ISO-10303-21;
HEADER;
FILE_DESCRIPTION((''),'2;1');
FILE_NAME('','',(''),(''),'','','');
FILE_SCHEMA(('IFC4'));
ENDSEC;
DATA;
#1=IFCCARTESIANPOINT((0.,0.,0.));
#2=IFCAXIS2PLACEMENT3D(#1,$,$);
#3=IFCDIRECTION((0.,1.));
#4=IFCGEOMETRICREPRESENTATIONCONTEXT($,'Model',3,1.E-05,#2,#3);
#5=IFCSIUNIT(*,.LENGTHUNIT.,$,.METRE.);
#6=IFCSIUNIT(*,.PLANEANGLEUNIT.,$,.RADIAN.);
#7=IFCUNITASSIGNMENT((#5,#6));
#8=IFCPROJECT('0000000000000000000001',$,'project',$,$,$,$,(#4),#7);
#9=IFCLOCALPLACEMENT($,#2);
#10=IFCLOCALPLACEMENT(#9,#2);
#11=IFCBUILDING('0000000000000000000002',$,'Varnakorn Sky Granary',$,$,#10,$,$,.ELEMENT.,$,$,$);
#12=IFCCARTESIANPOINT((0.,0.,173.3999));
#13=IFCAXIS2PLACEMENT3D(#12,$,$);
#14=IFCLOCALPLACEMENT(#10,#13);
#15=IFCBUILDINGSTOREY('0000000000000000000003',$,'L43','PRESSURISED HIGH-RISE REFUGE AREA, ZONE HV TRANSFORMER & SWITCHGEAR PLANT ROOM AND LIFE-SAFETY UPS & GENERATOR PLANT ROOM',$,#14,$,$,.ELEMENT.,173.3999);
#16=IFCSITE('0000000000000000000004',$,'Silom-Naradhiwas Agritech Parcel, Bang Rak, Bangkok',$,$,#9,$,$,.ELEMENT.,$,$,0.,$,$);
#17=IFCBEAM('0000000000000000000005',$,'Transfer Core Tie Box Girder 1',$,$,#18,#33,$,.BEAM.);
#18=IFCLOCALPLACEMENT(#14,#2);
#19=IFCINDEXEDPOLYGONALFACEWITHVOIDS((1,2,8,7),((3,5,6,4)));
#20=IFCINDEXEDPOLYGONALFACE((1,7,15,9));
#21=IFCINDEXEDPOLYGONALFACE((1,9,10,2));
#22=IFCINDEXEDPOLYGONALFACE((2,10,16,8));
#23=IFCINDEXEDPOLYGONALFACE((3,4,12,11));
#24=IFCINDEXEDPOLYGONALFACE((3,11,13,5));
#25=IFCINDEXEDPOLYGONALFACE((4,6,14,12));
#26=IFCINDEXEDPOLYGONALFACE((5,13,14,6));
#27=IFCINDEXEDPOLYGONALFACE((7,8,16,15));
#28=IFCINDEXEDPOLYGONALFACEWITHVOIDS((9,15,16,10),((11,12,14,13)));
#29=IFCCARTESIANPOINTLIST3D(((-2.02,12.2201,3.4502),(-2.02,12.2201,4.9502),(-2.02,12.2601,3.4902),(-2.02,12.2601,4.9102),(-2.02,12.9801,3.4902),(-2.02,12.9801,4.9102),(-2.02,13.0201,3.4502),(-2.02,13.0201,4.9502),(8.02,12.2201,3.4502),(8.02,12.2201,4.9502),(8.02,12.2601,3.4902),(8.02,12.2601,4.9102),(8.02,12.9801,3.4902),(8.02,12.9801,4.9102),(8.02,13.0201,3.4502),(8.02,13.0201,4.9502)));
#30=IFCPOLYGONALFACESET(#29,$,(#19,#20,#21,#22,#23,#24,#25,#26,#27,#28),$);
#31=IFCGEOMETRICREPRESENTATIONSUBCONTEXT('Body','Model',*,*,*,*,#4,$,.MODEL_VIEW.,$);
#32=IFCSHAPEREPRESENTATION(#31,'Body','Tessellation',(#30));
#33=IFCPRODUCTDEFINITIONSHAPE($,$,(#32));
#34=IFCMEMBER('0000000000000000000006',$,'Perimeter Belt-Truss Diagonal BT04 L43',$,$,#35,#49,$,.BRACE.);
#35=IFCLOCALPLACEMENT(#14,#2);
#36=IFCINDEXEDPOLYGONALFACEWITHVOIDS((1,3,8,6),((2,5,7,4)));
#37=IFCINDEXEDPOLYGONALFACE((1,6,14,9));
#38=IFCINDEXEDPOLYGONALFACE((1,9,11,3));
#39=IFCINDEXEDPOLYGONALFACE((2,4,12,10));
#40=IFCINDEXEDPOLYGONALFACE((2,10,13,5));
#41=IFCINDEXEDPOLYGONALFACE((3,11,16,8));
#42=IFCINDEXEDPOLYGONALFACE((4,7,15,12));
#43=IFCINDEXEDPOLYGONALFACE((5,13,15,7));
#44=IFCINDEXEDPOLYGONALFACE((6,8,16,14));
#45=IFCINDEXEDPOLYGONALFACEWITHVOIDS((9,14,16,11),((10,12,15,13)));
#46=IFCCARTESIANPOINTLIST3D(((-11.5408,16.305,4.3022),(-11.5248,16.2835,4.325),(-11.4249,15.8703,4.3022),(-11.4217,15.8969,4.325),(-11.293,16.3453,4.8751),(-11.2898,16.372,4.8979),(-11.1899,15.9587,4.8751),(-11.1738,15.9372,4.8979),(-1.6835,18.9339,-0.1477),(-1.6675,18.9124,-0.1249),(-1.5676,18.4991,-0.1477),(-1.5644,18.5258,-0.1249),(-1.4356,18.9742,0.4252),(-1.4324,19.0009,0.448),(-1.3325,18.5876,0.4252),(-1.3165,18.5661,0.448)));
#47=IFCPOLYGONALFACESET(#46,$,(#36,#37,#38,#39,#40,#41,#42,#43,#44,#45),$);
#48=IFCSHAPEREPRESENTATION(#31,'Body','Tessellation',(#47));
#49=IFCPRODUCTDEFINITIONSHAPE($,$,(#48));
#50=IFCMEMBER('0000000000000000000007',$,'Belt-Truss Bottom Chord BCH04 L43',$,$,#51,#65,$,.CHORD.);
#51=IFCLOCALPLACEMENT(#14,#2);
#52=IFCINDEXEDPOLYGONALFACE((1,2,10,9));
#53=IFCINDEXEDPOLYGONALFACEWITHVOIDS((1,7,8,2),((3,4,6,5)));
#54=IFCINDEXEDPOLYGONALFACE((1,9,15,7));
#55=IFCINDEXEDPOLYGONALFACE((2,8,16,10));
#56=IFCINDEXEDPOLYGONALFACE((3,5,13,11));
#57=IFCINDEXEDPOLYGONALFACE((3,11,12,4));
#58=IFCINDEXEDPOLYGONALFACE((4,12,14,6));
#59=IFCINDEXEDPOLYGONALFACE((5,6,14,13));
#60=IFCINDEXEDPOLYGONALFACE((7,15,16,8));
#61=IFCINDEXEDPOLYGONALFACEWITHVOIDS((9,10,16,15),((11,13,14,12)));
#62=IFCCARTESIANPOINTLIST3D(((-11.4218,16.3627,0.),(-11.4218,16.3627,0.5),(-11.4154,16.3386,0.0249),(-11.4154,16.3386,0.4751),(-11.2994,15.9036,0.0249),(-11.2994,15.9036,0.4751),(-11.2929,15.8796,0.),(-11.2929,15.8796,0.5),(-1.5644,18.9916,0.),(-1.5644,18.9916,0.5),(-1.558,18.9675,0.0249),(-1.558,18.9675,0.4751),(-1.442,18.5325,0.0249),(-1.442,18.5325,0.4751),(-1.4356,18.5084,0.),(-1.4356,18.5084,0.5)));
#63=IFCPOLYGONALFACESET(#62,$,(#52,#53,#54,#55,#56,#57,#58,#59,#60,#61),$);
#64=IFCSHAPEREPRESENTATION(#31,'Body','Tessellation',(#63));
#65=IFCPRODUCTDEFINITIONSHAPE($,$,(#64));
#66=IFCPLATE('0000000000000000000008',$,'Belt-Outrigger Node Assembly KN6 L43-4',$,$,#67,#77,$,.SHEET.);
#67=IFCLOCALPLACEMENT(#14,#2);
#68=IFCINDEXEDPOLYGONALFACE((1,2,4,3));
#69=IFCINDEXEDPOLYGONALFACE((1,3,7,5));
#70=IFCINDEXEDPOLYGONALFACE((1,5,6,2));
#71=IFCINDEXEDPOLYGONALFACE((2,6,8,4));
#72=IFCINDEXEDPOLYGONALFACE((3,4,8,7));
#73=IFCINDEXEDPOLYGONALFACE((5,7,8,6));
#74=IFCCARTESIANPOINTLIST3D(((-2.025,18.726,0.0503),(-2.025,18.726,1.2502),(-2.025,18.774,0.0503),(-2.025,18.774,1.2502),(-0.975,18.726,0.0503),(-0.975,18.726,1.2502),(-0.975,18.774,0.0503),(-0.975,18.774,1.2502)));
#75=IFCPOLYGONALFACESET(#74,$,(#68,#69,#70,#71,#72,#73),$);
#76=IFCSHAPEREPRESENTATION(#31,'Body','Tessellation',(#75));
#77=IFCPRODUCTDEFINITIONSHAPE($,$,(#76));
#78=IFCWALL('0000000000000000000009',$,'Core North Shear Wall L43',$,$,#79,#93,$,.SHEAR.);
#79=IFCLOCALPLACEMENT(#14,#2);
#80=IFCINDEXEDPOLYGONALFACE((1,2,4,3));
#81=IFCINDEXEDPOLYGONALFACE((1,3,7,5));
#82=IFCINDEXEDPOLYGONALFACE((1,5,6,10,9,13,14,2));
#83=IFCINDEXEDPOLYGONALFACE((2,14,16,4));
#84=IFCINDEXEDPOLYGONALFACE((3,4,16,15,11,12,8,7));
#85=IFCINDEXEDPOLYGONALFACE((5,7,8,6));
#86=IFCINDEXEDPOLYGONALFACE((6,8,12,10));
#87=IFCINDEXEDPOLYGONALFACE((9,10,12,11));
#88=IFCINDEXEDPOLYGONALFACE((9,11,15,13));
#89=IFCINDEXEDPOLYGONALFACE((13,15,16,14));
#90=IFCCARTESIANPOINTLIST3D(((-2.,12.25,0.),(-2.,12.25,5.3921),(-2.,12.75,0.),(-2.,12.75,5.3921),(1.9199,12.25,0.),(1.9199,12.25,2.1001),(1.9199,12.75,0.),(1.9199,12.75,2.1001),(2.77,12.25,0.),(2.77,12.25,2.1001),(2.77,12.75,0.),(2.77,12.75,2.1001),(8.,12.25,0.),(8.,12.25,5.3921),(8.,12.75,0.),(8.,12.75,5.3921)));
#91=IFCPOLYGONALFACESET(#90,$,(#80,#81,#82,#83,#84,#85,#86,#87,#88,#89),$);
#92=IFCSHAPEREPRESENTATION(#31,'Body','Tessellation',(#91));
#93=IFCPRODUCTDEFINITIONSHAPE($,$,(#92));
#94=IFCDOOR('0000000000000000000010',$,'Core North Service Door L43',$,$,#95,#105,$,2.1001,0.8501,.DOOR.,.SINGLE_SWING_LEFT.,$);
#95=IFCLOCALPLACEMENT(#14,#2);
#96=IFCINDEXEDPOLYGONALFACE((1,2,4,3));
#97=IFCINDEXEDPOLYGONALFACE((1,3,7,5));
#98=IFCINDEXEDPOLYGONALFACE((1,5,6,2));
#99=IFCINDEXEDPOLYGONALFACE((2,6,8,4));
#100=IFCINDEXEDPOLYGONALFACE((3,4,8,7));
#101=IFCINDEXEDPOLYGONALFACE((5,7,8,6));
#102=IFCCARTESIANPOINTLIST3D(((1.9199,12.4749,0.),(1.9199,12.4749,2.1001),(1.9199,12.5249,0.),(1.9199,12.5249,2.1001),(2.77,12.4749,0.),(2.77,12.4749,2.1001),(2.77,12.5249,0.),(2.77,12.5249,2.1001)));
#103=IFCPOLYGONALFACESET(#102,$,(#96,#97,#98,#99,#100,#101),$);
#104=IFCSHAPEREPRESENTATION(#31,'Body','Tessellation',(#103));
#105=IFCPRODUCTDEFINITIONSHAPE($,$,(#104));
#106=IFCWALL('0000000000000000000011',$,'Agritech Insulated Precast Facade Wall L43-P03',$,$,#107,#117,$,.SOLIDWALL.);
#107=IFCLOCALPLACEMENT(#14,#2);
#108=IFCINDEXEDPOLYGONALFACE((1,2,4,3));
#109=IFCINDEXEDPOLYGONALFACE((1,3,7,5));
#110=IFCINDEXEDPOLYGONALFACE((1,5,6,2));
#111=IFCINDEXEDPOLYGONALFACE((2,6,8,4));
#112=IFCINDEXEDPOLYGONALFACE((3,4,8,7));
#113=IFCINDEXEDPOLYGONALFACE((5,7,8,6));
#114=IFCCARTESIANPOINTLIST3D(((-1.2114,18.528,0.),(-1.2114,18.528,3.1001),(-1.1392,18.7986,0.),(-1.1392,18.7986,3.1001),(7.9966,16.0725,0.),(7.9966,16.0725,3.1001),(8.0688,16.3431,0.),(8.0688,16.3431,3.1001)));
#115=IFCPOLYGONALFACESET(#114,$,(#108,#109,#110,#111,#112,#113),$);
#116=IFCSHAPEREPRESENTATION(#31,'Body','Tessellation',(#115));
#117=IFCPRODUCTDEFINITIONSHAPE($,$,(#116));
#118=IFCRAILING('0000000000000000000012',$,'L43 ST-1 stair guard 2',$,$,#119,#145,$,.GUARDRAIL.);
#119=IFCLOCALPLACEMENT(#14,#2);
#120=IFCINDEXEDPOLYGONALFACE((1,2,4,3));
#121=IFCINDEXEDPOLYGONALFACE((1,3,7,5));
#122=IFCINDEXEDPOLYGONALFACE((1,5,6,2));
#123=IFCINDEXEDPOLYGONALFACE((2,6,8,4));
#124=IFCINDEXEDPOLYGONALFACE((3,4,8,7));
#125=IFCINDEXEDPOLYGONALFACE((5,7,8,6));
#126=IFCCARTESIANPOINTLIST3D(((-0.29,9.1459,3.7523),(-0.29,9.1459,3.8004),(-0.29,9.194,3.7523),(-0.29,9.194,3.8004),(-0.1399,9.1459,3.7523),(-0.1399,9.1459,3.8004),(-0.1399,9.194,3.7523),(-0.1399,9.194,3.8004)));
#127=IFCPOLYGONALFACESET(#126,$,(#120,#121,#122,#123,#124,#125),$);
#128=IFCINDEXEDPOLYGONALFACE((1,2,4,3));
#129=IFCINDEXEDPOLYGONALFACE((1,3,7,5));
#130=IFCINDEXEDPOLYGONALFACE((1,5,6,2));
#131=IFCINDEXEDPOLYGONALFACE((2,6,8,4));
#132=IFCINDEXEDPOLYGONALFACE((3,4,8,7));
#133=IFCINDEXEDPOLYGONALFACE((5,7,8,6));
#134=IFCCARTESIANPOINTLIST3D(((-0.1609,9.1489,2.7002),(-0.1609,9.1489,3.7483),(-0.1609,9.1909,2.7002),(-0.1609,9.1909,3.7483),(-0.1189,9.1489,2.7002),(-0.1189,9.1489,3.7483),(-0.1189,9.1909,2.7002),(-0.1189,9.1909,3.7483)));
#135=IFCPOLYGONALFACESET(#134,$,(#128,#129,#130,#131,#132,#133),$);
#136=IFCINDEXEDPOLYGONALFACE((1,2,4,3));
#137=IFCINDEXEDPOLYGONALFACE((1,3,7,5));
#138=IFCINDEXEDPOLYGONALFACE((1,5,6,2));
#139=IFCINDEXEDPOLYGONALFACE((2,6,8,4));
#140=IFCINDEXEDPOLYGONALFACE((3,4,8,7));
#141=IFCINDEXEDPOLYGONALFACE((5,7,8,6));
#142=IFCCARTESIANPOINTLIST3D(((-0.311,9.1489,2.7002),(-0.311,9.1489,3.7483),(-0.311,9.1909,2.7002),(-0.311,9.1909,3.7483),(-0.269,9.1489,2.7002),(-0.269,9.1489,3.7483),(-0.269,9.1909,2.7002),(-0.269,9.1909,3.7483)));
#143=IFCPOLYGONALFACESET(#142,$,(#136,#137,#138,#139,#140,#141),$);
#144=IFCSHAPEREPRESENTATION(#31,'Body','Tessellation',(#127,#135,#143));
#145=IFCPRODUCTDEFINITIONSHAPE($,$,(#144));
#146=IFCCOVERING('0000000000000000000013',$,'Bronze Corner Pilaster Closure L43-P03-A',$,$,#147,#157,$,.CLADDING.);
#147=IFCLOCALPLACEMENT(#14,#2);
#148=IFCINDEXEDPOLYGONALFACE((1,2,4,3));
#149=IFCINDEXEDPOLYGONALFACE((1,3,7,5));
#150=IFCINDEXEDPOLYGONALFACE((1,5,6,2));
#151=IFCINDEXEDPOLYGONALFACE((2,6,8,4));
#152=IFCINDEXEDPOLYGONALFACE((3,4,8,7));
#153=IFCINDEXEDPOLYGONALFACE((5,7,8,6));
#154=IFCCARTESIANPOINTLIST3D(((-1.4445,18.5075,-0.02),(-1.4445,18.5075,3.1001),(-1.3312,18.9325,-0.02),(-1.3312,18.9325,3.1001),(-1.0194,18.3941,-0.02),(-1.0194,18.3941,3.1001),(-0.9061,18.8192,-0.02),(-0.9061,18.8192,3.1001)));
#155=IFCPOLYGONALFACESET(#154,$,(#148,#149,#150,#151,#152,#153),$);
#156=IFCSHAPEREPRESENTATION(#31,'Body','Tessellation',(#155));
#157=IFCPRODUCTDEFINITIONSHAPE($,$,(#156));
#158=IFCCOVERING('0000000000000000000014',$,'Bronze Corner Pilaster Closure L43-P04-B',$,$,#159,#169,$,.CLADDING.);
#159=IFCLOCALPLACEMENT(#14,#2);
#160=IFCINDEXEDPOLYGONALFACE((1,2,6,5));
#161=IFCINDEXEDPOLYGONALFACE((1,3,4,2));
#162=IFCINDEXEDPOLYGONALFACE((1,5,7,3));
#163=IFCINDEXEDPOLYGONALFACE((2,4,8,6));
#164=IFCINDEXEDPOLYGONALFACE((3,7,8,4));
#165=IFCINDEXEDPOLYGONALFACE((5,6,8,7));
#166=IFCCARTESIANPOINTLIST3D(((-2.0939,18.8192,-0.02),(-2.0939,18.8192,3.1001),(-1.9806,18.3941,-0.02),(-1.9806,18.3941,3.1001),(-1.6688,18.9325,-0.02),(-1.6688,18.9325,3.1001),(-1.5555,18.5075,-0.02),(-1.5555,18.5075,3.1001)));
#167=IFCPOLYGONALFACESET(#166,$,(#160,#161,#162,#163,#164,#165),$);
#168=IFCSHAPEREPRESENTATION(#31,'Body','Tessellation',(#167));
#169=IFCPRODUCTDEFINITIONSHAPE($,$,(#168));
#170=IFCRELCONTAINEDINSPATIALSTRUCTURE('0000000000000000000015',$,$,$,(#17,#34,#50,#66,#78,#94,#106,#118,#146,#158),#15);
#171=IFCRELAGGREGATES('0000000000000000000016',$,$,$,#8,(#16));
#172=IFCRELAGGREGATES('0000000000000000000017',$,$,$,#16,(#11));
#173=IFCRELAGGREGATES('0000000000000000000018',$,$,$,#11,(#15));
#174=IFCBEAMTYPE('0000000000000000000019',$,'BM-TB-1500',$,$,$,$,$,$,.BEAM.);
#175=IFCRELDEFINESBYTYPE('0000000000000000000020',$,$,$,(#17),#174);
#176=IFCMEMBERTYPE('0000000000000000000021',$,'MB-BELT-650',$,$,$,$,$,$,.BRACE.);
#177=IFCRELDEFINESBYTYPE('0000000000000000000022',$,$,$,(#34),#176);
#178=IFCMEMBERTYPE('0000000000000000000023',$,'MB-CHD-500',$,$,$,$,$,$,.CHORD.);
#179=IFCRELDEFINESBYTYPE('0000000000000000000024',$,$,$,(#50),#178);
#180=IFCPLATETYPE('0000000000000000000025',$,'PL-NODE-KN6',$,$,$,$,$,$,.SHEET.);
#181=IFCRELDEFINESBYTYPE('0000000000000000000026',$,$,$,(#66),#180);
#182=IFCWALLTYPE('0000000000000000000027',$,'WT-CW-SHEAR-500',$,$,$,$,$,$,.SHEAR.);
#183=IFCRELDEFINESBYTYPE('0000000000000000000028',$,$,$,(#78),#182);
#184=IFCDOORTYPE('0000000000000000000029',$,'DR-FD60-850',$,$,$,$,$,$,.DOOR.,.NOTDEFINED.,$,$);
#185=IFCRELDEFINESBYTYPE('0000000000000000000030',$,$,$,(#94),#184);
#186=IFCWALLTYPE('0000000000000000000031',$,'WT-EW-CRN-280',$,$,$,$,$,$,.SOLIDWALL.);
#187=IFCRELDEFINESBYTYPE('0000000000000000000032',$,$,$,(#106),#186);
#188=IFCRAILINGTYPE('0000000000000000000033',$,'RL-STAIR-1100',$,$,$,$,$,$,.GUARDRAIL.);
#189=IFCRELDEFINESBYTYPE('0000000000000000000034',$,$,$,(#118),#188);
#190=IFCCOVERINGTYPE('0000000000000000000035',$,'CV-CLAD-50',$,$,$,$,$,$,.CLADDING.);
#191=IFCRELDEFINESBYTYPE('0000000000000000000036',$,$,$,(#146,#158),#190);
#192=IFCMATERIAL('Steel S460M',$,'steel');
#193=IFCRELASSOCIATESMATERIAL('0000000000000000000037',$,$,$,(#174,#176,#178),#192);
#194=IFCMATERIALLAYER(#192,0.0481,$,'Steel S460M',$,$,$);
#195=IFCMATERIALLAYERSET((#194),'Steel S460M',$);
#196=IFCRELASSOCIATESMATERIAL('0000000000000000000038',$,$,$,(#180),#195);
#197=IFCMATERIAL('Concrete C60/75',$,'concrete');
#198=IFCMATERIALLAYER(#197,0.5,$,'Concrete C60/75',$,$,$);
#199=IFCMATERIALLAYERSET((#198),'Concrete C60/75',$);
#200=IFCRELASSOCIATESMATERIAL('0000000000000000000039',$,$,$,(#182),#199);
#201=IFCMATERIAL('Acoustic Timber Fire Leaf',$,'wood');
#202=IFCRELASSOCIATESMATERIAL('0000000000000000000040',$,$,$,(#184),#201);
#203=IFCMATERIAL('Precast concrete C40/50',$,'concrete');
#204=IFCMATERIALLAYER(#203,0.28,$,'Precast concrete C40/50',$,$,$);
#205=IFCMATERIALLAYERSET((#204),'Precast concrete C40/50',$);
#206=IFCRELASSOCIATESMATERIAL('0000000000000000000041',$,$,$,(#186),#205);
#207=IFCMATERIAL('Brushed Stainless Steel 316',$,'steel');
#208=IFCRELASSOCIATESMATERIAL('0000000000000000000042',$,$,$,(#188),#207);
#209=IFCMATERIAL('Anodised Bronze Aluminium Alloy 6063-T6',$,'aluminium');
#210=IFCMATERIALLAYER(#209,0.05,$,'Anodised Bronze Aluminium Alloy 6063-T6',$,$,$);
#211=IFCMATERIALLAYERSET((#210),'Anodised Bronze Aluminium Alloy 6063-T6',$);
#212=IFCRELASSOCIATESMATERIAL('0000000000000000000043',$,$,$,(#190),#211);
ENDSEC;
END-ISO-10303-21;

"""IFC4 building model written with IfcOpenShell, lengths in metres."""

from ifc_helpers import new_model, si_unit, direction, frame, frame_2d, origin, origin_2d, place, context, subcontext, project, spatial, rectangle, hollow_rectangle, extrude, source, transform, mapped, material, layer, layer_set, material_profile, profile_set, type_object, type_shapes, element, fill, save


model = new_model("IFC4")

# Units and contexts
model_context = context("Model", 3, precision=1e-05, world=origin(), true_north=direction((0.0, 1.0)))
body_context = subcontext(model_context, "Body", "Model", "MODEL_VIEW")
ifc_project = project(units=[si_unit("LENGTHUNIT", "METRE"), si_unit("PLANEANGLEUNIT", "RADIAN")], contexts=[model_context])

# Site, building, storey
site_placement = place(None, origin())
site = spatial("IfcSite", under=ifc_project, at=site_placement, Name="Silom-Naradhiwas Agritech Parcel, Bang Rak, Bangkok", CompositionType="ELEMENT", RefElevation=0.0)
building_placement = place(site_placement, origin())
building = spatial("IfcBuilding", under=site, at=building_placement, Name="Varnakorn Sky Granary", CompositionType="ELEMENT")
storey_placement = place(building_placement, frame((0.0, 0.0, 173.3999)))
storey = spatial("IfcBuildingStorey", under=building, at=storey_placement, Name="L43", Description="PRESSURISED HIGH-RISE REFUGE AREA, ZONE HV TRANSFORMER & SWITCHGEAR PLANT ROOM AND LIFE-SAFETY UPS & GENERATOR PLANT ROOM", CompositionType="ELEMENT", Elevation=173.3999)

# Shared definitions
ifc_material_1 = material(Name="Steel S460M", Category="steel")

# Beam
ifc_material_profile_1 = material_profile(ifc_material_1, hollow_rectangle(XDim=0.8, YDim=1.5, WallThickness=0.04, at=origin_2d()), Name="BOX 800x1500x40")
ifc_profile_set_1 = profile_set([ifc_material_profile_1], Name="Steel S460M")
beam_type_1 = type_object("IfcBeamType", Name="BM-TB-1500", PredefinedType="BEAM", material=ifc_profile_set_1)
beam_1_placement = place(storey_placement, frame((-2.02, 12.6201, 4.2002), z_axis=(1.0, 0.0, 0.0), x_axis=(0.0, 1.0, 0.0)))
element("IfcBeam", 1, at=beam_1_placement, inside=storey, type_object=beam_type_1, Name="Transfer Core Tie Box Girder 1", PredefinedType="BEAM", context=body_context, shape_type="SweptSolid", body=[
    extrude(hollow_rectangle(XDim=0.8, YDim=1.5, WallThickness=0.04, at=origin_2d()), origin(), (0.0, 0.0, 1.0), 10.04),
])

# Members
ifc_material_profile_2 = material_profile(ifc_material_1, hollow_rectangle(XDim=0.45, YDim=0.6499, WallThickness=0.0249, at=origin_2d()), Name="RHS 450x650x25")
ifc_profile_set_2 = profile_set([ifc_material_profile_2], Name="Steel S460M")
member_type_1 = type_object("IfcMemberType", Name="MB-BELT-650", PredefinedType="BRACE", material=ifc_profile_set_2)
member_1_placement = place(storey_placement, frame((-1.5, 18.75, 0.1501), z_axis=(-0.885644, -0.236195, 0.399808), x_axis=(0.257686, -0.966229, 0.0)))
element("IfcMember", 2, at=member_1_placement, inside=storey, type_object=member_type_1, Name="Perimeter Belt-Truss Diagonal BT04 L43", PredefinedType="BRACE", context=body_context, shape_type="SweptSolid", body=[
    extrude(hollow_rectangle(XDim=0.45, YDim=0.6499, WallThickness=0.0249, at=origin_2d()), origin(), (0.0, 0.0, 1.0), 11.1301),
])
ifc_material_profile_3 = material_profile(ifc_material_1, hollow_rectangle(XDim=0.5, YDim=0.5, WallThickness=0.0249, at=origin_2d()), Name="SHS 500x500x25")
ifc_profile_set_3 = profile_set([ifc_material_profile_3], Name="Steel S460M")
member_type_2 = type_object("IfcMemberType", Name="MB-CHD-500", PredefinedType="CHORD", material=ifc_profile_set_3)
member_2_placement = place(storey_placement, frame((-1.5, 18.75, 0.25), z_axis=(-0.966229, -0.257686, 0.0), x_axis=(0.257686, -0.966229, 0.0)))
element("IfcMember", 3, at=member_2_placement, inside=storey, type_object=member_type_2, Name="Belt-Truss Bottom Chord BCH04 L43", PredefinedType="CHORD", context=body_context, shape_type="SweptSolid", body=[
    extrude(hollow_rectangle(XDim=0.5, YDim=0.5, WallThickness=0.0249, at=origin_2d()), origin(), (0.0, 0.0, 1.0), 10.2019),
])

# Plate
ifc_layer_1 = layer(ifc_material_1, 0.0481, Name="Steel S460M")
ifc_layer_set_1 = layer_set([ifc_layer_1], Name="Steel S460M")
plate_type = type_object("IfcPlateType", Name="PL-NODE-KN6", PredefinedType="SHEET", material=ifc_layer_set_1)
plate_placement = place(storey_placement, frame((-1.5, 18.75, 0.0503), z_axis=(0.0, 0.0, 1.0), x_axis=(1.0, 0.0, 0.0)))
element("IfcPlate", 4, at=plate_placement, inside=storey, type_object=plate_type, Name="Belt-Outrigger Node Assembly KN6 L43-4", PredefinedType="SHEET", context=body_context, shape_type="SweptSolid", body=[
    extrude(rectangle(XDim=1.05, YDim=0.0481, at=origin_2d()), origin(), (0.0, 0.0, 1.0), 1.2),
])

# Wall, opening, door
ifc_material_2 = material(Name="Concrete C60/75", Category="concrete")
ifc_layer_2 = layer(ifc_material_2, 0.5, Name="Concrete C60/75")
ifc_layer_set_2 = layer_set([ifc_layer_2], Name="Concrete C60/75")
wall_type_1 = type_object("IfcWallType", Name="WT-CW-SHEAR-500", PredefinedType="SHEAR", material=ifc_layer_set_2)
wall_1_placement = place(storey_placement, frame((-2.0, 12.5, 0.0), z_axis=(0.0, 0.0, 1.0), x_axis=(1.0, 0.0, 0.0)))
wall_1 = element("IfcWall", 5, at=wall_1_placement, inside=storey, type_object=wall_type_1, Name="Core North Shear Wall L43", PredefinedType="SHEAR", context=body_context, shape_type="SweptSolid", body=[
    extrude(rectangle(XDim=10.0, YDim=0.5, at=frame_2d((5.0, 0.0))), origin(), (0.0, 0.0, 1.0), 5.3921),
])
opening_placement = place(wall_1_placement, frame((3.9199, 0.0, 0.0)))
opening = element("IfcOpeningElement", 6, at=opening_placement, cuts=wall_1, PredefinedType="OPENING", context=body_context, shape_type="SweptSolid", body=[
    extrude(rectangle(XDim=0.8501, YDim=2.1001, at=frame_2d((0.425, 1.05))), frame((0.0, 0.26, 0.0), z_axis=(0.0, -1.0, 0.0), x_axis=(1.0, 0.0, 0.0)), (0.0, 0.0, 1.0), 0.52),
])
ifc_material_3 = material(Name="Acoustic Timber Fire Leaf", Category="wood")
door_type = type_object("IfcDoorType", Name="DR-FD60-850", OperationType="NOTDEFINED", PredefinedType="DOOR", material=ifc_material_3)
door_placement = place(opening_placement, origin())
door = element("IfcDoor", 7, at=door_placement, inside=storey, type_object=door_type, Name="Core North Service Door L43", OperationType="SINGLE_SWING_LEFT", OverallHeight=2.1001, OverallWidth=0.8501, PredefinedType="DOOR", context=body_context, shape_type="SweptSolid", body=[
    extrude(rectangle(XDim=0.8501, YDim=2.1001, at=frame_2d((0.425, 1.05))), frame((0.0, 0.0249, 0.0), z_axis=(0.0, -1.0, 0.0), x_axis=(1.0, 0.0, 0.0)), (0.0, 0.0, 1.0), 0.05),
])
fill(opening, door)

# Wall
ifc_material_4 = material(Name="Precast concrete C40/50", Category="concrete")
ifc_layer_3 = layer(ifc_material_4, 0.28, Name="Precast concrete C40/50")
ifc_layer_set_3 = layer_set([ifc_layer_3], Name="Precast concrete C40/50")
wall_type_2 = type_object("IfcWallType", Name="WT-EW-CRN-280", PredefinedType="SOLIDWALL", material=ifc_layer_set_3)
wall_2_placement = place(storey_placement, frame((-1.1753, 18.6633, 0.0), z_axis=(0.0, 0.0, 1.0), x_axis=(0.966232, -0.257672, 0.0)))
element("IfcWall", 8, at=wall_2_placement, inside=storey, type_object=wall_type_2, Name="Agritech Insulated Precast Facade Wall L43-P03", PredefinedType="SOLIDWALL", context=body_context, shape_type="SweptSolid", body=[
    extrude(rectangle(XDim=9.5298, YDim=0.28, at=frame_2d((4.7649, 0.0))), origin(), (0.0, 0.0, 1.0), 3.1001),
])

# Railing
ifc_material_5 = material(Name="Brushed Stainless Steel 316", Category="steel")
railing_type = type_object("IfcRailingType", Name="RL-STAIR-1100", PredefinedType="GUARDRAIL", material=ifc_material_5)
railing_placement = place(storey_placement, frame((-0.1399, 9.1699, 2.7002)))
element("IfcRailing", 9, at=railing_placement, inside=storey, type_object=railing_type, Name="L43 ST-1 stair guard 2", PredefinedType="GUARDRAIL", context=body_context, shape_type="SweptSolid", body=[
    extrude(rectangle(XDim=0.0481, YDim=0.0481, at=origin_2d()), frame((0.0, 0.0, 1.0762), z_axis=(-1.0, 0.0, 0.0), x_axis=(0.0, -1.0, 0.0)), (0.0, 0.0, 1.0), 0.1501),
    extrude(rectangle(XDim=0.042, YDim=0.042, at=origin_2d()), origin(), (0.0, 0.0, 1.0), 1.0481),
    extrude(rectangle(XDim=0.042, YDim=0.042, at=origin_2d()), frame((-0.1501, 0.0, 0.0)), (0.0, 0.0, 1.0), 1.0481),
])

# Coverings
ifc_material_6 = material(Name="Anodised Bronze Aluminium Alloy 6063-T6", Category="aluminium")
ifc_layer_4 = layer(ifc_material_6, 0.05, Name="Anodised Bronze Aluminium Alloy 6063-T6")
ifc_layer_set_4 = layer_set([ifc_layer_4], Name="Anodised Bronze Aluminium Alloy 6063-T6")
covering_type = type_object("IfcCoveringType", Name="CV-CLAD-50", PredefinedType="CLADDING", material=ifc_layer_set_4)
shared_shape = source(origin(), body_context, "Body", "SweptSolid", [
    extrude(rectangle(XDim=0.4399, YDim=0.4399, at=origin_2d()), origin(), (0.0, 0.0, 1.0), 3.1201),
])
type_shapes(covering_type, [shared_shape])
for number, where, z_axis, x_axis, name in (
    (10, (-1.1753, 18.6633, -0.02), (0.0, 0.0, 1.0), (0.966241, -0.257639, 0.0), "Bronze Corner Pilaster Closure L43-P03-A"),
    (11, (-1.8247, 18.6633, -0.02), (0.0, 0.0, 1.0), (0.966241, 0.257639, 0.0), "Bronze Corner Pilaster Closure L43-P04-B"),
):
    element("IfcCovering", number, at=place(storey_placement, frame(where, z_axis=z_axis, x_axis=x_axis)), inside=storey, type_object=covering_type, Name=name, PredefinedType="CLADDING", context=body_context, shape_type="MappedRepresentation", body=[
        mapped(shared_shape, transform((0.0, 0.0, 0.0), x_axis=(1.0, 0.0, 0.0), y_axis=(0.0, 1.0, 0.0), z_axis=(0.0, 0.0, 1.0), scale=1.0)),
    ])

save(model, "model.ifc")
